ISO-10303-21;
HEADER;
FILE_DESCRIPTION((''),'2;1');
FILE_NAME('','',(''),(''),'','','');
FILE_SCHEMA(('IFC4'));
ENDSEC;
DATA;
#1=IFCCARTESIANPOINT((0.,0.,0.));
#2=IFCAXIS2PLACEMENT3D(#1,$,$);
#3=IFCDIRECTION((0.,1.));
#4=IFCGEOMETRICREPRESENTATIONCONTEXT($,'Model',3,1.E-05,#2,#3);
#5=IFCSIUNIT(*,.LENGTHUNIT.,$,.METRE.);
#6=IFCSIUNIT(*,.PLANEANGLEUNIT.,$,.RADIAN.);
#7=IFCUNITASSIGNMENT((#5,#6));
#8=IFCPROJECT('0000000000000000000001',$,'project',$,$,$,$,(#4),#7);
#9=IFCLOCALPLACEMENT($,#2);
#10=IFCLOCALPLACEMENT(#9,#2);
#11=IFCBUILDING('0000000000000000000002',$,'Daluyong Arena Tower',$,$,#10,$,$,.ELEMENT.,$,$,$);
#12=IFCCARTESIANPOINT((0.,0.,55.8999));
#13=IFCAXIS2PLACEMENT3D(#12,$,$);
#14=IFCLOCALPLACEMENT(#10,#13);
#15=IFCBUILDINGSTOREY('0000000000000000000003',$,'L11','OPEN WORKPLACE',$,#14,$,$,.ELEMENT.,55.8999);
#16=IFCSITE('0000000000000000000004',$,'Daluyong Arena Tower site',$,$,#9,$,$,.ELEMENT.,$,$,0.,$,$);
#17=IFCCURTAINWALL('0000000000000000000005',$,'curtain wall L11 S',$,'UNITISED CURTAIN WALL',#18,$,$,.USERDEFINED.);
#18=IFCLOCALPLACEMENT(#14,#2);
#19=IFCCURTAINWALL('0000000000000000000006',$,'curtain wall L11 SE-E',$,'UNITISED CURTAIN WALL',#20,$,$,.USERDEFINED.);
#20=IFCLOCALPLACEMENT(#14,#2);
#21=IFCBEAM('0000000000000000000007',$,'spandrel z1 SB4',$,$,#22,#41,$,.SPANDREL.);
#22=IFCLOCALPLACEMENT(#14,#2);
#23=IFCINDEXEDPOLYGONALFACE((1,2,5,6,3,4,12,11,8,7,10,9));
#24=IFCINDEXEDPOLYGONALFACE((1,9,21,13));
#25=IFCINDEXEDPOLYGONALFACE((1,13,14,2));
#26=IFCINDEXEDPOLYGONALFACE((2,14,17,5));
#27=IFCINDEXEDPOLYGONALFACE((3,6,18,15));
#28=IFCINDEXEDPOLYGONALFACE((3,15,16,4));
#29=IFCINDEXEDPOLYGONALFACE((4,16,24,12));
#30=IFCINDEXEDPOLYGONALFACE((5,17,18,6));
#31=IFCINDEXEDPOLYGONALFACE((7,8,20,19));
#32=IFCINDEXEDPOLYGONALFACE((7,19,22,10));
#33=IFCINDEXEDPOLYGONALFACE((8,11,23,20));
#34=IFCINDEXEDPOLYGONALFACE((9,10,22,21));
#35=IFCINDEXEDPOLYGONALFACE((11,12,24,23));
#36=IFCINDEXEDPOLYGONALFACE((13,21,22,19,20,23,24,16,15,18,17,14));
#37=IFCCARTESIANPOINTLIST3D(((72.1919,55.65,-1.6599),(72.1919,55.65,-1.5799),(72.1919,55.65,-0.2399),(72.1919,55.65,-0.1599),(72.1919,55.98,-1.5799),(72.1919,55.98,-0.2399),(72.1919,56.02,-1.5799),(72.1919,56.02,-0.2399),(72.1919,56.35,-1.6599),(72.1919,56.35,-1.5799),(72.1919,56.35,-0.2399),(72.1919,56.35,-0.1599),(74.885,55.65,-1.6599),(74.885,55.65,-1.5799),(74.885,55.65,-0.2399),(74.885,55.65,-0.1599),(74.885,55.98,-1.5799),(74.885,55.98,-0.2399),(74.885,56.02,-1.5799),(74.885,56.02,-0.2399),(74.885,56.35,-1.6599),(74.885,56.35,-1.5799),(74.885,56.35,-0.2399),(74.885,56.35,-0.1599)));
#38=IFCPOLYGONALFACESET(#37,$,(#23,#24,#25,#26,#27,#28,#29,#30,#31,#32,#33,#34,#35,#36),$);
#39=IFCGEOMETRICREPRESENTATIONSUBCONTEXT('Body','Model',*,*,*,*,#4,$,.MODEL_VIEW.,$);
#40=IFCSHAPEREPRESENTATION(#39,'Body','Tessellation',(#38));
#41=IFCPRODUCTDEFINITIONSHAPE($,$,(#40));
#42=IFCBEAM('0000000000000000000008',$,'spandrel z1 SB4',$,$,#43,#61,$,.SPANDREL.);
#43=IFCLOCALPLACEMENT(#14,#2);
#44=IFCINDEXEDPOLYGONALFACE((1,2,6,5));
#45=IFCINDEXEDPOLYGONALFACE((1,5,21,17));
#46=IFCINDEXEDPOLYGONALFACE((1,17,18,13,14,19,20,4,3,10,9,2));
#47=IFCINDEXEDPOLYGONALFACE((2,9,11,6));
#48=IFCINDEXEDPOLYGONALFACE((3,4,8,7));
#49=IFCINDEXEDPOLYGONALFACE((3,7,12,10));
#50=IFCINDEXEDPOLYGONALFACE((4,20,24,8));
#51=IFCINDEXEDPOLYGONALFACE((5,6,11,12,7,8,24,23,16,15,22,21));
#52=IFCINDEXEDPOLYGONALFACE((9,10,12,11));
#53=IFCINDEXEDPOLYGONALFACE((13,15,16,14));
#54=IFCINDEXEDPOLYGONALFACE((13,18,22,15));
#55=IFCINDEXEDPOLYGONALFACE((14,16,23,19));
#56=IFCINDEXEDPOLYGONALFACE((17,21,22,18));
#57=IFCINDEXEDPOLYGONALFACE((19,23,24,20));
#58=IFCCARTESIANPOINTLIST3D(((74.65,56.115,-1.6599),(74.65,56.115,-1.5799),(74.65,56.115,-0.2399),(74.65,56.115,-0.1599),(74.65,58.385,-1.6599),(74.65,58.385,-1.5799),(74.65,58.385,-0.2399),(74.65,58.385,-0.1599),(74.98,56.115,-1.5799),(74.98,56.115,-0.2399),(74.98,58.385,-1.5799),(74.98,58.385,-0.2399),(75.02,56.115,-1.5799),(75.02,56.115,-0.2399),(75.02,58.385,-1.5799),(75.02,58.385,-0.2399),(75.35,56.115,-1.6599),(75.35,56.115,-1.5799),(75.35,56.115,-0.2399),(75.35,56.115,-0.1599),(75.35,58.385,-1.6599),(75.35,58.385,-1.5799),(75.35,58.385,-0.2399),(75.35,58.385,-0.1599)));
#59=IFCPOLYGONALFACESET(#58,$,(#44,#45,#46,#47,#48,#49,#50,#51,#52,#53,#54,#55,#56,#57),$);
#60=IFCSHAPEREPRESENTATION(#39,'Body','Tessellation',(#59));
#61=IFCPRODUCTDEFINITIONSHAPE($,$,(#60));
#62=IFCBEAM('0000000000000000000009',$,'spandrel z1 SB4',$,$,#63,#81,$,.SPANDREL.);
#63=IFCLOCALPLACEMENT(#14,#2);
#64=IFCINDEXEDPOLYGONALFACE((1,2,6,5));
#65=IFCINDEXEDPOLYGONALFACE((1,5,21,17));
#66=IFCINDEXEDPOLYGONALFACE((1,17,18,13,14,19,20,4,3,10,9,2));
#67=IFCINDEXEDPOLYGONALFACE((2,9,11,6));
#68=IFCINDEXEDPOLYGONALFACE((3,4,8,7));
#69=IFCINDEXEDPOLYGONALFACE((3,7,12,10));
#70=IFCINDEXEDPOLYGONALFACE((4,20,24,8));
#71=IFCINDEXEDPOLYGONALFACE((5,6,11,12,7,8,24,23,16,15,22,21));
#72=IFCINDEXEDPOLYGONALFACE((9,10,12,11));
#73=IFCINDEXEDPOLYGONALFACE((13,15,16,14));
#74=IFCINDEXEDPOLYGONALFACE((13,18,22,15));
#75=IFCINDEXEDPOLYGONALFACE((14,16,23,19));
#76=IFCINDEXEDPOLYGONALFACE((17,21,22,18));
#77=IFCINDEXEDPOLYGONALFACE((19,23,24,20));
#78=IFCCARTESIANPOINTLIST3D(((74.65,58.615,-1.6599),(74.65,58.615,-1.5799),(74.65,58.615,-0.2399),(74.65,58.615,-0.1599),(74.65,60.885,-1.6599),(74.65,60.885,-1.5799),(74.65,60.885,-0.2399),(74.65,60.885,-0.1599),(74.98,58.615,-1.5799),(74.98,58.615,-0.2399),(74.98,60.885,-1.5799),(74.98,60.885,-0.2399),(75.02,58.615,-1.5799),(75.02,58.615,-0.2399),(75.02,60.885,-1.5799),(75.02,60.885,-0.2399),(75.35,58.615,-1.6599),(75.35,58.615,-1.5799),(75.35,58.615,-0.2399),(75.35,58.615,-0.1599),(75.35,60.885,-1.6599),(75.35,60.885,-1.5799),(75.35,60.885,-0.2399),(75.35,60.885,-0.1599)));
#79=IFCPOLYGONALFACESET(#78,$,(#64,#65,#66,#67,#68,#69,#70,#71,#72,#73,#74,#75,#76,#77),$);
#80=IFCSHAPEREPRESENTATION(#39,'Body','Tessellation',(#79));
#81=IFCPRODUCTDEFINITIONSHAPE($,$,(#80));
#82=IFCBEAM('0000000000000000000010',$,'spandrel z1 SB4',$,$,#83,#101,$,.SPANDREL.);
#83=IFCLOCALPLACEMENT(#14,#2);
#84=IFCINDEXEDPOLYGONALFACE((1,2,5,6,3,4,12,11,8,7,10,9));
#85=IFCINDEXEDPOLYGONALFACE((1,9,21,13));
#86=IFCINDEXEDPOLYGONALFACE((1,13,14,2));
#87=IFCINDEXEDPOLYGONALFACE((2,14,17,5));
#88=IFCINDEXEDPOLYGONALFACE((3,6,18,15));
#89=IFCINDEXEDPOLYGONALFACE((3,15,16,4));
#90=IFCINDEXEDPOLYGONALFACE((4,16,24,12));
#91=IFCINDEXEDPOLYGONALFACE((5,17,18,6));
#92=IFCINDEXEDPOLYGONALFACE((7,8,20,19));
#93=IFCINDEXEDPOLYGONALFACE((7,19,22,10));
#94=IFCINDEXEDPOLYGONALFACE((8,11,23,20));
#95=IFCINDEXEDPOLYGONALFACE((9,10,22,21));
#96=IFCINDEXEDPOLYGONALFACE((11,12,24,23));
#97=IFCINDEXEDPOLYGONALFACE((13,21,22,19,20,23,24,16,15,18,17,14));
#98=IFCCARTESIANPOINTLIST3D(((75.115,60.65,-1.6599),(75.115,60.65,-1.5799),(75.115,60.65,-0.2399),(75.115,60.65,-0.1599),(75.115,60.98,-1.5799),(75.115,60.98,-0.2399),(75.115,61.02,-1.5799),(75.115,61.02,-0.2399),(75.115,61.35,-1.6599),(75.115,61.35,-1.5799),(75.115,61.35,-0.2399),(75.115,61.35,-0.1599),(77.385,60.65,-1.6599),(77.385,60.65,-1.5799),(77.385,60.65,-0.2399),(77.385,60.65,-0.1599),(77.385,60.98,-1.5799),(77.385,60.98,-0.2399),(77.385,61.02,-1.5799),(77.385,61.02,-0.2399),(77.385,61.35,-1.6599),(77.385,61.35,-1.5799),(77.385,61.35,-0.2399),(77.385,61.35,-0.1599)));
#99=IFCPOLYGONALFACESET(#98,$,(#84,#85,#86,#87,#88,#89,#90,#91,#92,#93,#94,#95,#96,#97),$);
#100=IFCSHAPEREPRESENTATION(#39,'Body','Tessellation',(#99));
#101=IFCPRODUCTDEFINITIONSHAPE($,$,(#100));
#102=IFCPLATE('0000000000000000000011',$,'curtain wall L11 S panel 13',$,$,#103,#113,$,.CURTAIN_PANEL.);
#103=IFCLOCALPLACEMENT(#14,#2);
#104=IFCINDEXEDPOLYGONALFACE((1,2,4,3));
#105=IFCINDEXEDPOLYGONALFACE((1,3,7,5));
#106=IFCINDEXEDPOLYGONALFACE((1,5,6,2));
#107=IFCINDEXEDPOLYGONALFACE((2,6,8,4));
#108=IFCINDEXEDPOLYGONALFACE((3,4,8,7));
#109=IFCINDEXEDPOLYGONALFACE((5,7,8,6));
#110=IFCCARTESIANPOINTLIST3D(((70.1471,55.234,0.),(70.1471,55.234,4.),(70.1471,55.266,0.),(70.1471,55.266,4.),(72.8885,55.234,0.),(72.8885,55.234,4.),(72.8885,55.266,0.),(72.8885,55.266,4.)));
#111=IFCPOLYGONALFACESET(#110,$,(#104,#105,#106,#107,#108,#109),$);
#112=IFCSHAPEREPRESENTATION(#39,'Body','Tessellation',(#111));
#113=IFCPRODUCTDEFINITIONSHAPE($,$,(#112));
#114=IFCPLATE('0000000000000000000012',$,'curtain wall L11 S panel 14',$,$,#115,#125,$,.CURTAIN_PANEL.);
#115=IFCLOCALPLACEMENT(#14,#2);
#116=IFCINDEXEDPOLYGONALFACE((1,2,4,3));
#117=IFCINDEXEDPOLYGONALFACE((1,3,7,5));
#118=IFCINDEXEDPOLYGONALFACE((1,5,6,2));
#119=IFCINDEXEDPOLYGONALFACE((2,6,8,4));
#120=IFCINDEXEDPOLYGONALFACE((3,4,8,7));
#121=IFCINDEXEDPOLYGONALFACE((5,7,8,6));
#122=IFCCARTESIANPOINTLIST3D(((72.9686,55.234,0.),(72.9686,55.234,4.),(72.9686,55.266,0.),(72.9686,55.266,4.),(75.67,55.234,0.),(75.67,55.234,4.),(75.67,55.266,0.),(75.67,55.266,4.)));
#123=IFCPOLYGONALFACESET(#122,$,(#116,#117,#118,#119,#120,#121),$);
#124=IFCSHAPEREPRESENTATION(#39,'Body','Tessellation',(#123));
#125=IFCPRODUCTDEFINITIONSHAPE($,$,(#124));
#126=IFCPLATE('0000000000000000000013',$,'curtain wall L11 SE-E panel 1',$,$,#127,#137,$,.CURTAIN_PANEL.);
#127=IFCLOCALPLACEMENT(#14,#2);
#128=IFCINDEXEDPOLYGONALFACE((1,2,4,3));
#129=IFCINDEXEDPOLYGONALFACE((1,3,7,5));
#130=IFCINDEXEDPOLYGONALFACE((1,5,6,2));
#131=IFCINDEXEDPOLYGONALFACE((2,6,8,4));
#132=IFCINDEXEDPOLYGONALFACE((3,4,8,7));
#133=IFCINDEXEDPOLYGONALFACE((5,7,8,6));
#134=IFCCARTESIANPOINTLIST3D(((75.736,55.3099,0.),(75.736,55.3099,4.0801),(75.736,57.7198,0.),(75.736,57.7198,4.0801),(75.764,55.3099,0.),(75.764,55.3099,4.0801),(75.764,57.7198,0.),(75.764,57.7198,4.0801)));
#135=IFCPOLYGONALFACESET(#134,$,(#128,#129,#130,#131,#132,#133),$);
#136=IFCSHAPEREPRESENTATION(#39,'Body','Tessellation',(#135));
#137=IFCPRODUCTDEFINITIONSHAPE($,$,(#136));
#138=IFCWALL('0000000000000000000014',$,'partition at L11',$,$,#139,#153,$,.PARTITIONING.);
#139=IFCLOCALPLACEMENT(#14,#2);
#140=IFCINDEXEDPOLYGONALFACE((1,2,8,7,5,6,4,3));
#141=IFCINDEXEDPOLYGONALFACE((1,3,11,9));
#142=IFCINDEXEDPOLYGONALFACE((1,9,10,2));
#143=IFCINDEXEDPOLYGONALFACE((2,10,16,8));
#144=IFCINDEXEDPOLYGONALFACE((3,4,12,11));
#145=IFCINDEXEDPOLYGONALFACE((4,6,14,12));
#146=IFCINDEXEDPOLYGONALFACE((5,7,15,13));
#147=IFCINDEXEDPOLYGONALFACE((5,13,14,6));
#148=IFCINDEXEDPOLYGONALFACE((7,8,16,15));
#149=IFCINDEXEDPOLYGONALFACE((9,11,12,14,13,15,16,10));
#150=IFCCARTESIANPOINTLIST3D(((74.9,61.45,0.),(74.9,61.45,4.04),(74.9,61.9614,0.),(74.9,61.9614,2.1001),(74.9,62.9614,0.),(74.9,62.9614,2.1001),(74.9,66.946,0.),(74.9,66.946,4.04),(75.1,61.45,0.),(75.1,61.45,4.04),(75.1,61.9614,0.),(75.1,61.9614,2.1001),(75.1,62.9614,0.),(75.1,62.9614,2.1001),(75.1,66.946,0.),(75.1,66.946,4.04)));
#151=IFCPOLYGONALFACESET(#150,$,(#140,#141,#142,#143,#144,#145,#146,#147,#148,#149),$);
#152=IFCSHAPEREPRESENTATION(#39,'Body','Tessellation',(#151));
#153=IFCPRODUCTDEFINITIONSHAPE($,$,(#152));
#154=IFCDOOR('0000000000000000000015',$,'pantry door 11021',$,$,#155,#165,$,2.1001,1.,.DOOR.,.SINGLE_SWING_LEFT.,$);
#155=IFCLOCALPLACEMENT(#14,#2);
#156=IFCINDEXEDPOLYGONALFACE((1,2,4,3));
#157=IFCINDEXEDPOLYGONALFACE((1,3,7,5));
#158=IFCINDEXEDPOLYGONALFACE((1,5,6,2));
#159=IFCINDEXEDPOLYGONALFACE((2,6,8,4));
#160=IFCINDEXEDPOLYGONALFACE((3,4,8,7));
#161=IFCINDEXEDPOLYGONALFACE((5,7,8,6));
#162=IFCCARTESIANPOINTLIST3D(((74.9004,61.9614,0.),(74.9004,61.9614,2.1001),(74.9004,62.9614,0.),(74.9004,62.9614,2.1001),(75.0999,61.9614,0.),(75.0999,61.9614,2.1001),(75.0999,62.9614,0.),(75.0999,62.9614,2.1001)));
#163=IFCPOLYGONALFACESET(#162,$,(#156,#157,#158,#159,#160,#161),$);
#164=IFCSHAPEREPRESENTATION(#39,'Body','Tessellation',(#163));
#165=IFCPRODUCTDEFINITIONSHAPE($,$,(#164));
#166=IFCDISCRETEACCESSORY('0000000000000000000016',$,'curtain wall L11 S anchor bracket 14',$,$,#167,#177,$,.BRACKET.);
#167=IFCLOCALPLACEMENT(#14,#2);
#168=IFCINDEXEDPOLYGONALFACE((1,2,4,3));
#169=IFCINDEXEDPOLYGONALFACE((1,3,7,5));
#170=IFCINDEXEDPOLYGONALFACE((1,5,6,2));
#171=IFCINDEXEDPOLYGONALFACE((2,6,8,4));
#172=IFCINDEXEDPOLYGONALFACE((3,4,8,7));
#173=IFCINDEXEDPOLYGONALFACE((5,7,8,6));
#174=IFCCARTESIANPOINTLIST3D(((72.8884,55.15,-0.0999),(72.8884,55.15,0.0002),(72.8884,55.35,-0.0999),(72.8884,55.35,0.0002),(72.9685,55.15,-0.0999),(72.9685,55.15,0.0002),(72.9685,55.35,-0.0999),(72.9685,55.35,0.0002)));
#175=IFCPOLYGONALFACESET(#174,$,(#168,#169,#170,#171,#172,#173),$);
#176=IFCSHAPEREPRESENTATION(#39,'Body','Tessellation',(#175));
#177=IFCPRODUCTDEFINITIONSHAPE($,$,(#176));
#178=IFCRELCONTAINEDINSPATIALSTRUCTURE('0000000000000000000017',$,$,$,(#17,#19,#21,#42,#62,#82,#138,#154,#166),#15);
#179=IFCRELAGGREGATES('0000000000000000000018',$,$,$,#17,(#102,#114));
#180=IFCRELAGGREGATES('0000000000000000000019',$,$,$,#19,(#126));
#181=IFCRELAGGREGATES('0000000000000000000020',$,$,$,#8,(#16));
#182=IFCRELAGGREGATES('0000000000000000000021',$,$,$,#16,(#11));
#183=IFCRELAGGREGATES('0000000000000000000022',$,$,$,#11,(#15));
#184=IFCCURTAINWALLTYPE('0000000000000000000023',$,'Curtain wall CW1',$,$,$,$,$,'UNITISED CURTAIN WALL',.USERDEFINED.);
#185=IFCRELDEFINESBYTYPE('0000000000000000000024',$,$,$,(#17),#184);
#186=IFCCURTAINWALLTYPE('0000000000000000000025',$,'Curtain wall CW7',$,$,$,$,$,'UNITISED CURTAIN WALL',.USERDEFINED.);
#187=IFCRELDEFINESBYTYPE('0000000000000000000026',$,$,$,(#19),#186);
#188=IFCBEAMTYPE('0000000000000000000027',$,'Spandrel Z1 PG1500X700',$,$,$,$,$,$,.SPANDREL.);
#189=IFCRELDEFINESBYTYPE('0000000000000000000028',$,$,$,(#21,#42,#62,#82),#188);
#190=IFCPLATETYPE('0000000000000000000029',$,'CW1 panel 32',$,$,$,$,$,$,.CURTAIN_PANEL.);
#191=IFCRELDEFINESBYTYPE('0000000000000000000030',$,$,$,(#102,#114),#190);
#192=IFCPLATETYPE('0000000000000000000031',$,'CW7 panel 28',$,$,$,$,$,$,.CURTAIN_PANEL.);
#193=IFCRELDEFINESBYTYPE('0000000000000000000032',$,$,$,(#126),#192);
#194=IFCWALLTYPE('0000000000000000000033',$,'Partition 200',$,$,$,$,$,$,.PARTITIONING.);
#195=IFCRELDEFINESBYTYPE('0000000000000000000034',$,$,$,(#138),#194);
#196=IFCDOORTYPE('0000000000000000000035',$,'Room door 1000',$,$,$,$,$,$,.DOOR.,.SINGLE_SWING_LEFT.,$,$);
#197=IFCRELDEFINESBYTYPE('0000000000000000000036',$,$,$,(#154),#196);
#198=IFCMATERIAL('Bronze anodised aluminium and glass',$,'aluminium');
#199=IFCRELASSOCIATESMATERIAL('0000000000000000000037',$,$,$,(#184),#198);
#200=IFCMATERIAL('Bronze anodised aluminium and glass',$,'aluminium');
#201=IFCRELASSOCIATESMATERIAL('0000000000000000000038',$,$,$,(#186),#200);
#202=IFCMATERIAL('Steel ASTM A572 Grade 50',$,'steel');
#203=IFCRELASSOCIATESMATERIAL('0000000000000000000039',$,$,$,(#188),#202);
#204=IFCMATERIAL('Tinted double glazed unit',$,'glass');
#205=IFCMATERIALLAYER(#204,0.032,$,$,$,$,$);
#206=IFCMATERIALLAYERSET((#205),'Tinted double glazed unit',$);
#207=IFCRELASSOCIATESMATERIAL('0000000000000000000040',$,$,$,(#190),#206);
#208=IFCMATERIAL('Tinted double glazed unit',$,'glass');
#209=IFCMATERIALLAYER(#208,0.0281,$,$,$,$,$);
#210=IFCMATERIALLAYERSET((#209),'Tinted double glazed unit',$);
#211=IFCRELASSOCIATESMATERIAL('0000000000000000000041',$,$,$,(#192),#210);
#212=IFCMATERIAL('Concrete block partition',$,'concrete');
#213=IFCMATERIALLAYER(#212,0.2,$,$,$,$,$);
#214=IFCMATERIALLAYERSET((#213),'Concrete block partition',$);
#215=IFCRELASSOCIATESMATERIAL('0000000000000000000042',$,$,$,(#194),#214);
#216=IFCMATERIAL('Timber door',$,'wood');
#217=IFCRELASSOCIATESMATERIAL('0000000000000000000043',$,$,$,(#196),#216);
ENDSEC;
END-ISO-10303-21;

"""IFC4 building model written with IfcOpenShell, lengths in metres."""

from ifc_helpers import new_model, si_unit, direction, frame, frame_2d, origin, origin_2d, place, context, subcontext, project, spatial, rectangle, i_section, extrude, material, layer, layer_set, material_profile, profile_set, type_object, element, fill, aggregate, save


model = new_model("IFC4")

# Units and contexts
model_context = context("Model", 3, precision=1e-05, world=origin(), true_north=direction((0.0, 1.0)))
body_context = subcontext(model_context, "Body", "Model", "MODEL_VIEW")
ifc_project = project(units=[si_unit("LENGTHUNIT", "METRE"), si_unit("PLANEANGLEUNIT", "RADIAN")], contexts=[model_context])

# Site, building, storey
site_placement = place(None, origin())
site = spatial("IfcSite", under=ifc_project, at=site_placement, Name="Daluyong Arena Tower site", CompositionType="ELEMENT", RefElevation=0.0)
building_placement = place(site_placement, origin())
building = spatial("IfcBuilding", under=site, at=building_placement, Name="Daluyong Arena Tower", CompositionType="ELEMENT")
storey_placement = place(building_placement, frame((0.0, 0.0, 55.8999)))
storey = spatial("IfcBuildingStorey", under=building, at=storey_placement, Name="L11", Description="OPEN WORKPLACE", CompositionType="ELEMENT", Elevation=55.8999)

# Curtain wall
ifc_material_1 = material(Name="Bronze anodised aluminium and glass", Category="aluminium")
curtain_wall_type_1 = type_object("IfcCurtainWallType", Name="Curtain wall CW1", ElementType="UNITISED CURTAIN WALL", PredefinedType="USERDEFINED", material=ifc_material_1)
curtain_wall_1_placement = place(storey_placement, origin())
curtain_wall_1 = element("IfcCurtainWall", 1, at=curtain_wall_1_placement, inside=storey, type_object=curtain_wall_type_1, Name="curtain wall L11 S", ObjectType="UNITISED CURTAIN WALL", PredefinedType="USERDEFINED")

# Curtain wall
ifc_material_2 = material(Name="Bronze anodised aluminium and glass", Category="aluminium")
curtain_wall_type_2 = type_object("IfcCurtainWallType", Name="Curtain wall CW7", ElementType="UNITISED CURTAIN WALL", PredefinedType="USERDEFINED", material=ifc_material_2)
curtain_wall_2_placement = place(storey_placement, origin())
curtain_wall_2 = element("IfcCurtainWall", 2, at=curtain_wall_2_placement, inside=storey, type_object=curtain_wall_type_2, Name="curtain wall L11 SE-E", ObjectType="UNITISED CURTAIN WALL", PredefinedType="USERDEFINED")

# Beams
ifc_material_3 = material(Name="Steel ASTM A572 Grade 50", Category="steel")
ifc_material_profile_1 = material_profile(ifc_material_3, i_section(OverallWidth=0.7, OverallDepth=1.5, WebThickness=0.04, FlangeThickness=0.08, at=origin_2d()))
ifc_profile_set_1 = profile_set([ifc_material_profile_1], Name="Steel ASTM A572 Grade 50")
beam_type_1 = type_object("IfcBeamType", Name="Spandrel Z1 PG1500X700", PredefinedType="SPANDREL", material=ifc_profile_set_1)
beam_1_placement = place(storey_placement, frame((72.1919, 56.0, -0.9099), z_axis=(1.0, 0.0, 0.0), x_axis=(0.0, 1.0, 0.0)))
element("IfcBeam", 3, at=beam_1_placement, inside=storey, type_object=beam_type_1, Name="spandrel z1 SB4", PredefinedType="SPANDREL", context=body_context, shape_type="SweptSolid", body=[
    extrude(i_section(OverallWidth=0.7, OverallDepth=1.5, WebThickness=0.04, FlangeThickness=0.08, at=origin_2d()), origin(), (0.0, 0.0, 1.0), 2.6931),
])
for number, where, z_axis, x_axis, name in (
    (4, (75.0, 56.115, -0.9099), (0.0, 1.0, 0.0), (-1.0, 0.0, 0.0), "spandrel z1 SB4"),
    (5, (75.0, 58.615, -0.9099), (0.0, 1.0, 0.0), (-1.0, 0.0, 0.0), "spandrel z1 SB4"),
    (6, (75.115, 61.0, -0.9099), (1.0, 0.0, 0.0), (0.0, 1.0, 0.0), "spandrel z1 SB4"),
):
    element("IfcBeam", number, at=place(storey_placement, frame(where, z_axis=z_axis, x_axis=x_axis)), inside=storey, type_object=beam_type_1, Name=name, PredefinedType="SPANDREL", context=body_context, shape_type="SweptSolid", body=[
        extrude(i_section(OverallWidth=0.7, OverallDepth=1.5, WebThickness=0.04, FlangeThickness=0.08, at=origin_2d()), origin(), (0.0, 0.0, 1.0), 2.27),
    ])

# Plates
ifc_material_4 = material(Name="Tinted double glazed unit", Category="glass")
ifc_layer_1 = layer(ifc_material_4, 0.032)
ifc_layer_set_1 = layer_set([ifc_layer_1], Name="Tinted double glazed unit")
plate_type_1 = type_object("IfcPlateType", Name="CW1 panel 32", PredefinedType="CURTAIN_PANEL", material=ifc_layer_set_1)
plate_1_placement = place(storey_placement, frame((71.5178, 55.25, 0.0), z_axis=(0.0, 0.0, 1.0), x_axis=(1.0, 0.0, 0.0)))
plate_1 = element("IfcPlate", 7, at=plate_1_placement, type_object=plate_type_1, Name="curtain wall L11 S panel 13", PredefinedType="CURTAIN_PANEL", context=body_context, shape_type="SweptSolid", body=[
    extrude(rectangle(XDim=2.7415, YDim=0.032, at=origin_2d()), origin(), (0.0, 0.0, 1.0), 4.0),
])
plate_2_placement = place(storey_placement, frame((74.3193, 55.25, 0.0), z_axis=(0.0, 0.0, 1.0), x_axis=(1.0, 0.0, 0.0)))
plate_2 = element("IfcPlate", 8, at=plate_2_placement, type_object=plate_type_1, Name="curtain wall L11 S panel 14", PredefinedType="CURTAIN_PANEL", context=body_context, shape_type="SweptSolid", body=[
    extrude(rectangle(XDim=2.7014, YDim=0.032, at=origin_2d()), origin(), (0.0, 0.0, 1.0), 4.0),
])
aggregate(curtain_wall_1, [plate_1, plate_2])
ifc_material_5 = material(Name="Tinted double glazed unit", Category="glass")
ifc_layer_2 = layer(ifc_material_5, 0.0281)
ifc_layer_set_2 = layer_set([ifc_layer_2], Name="Tinted double glazed unit")
plate_type_2 = type_object("IfcPlateType", Name="CW7 panel 28", PredefinedType="CURTAIN_PANEL", material=ifc_layer_set_2)
plate_3_placement = place(storey_placement, frame((75.75, 56.5149, 0.0), z_axis=(0.0, 0.0, 1.0), x_axis=(0.0, 1.0, 0.0)))
plate_3 = element("IfcPlate", 9, at=plate_3_placement, type_object=plate_type_2, Name="curtain wall L11 SE-E panel 1", PredefinedType="CURTAIN_PANEL", context=body_context, shape_type="SweptSolid", body=[
    extrude(rectangle(XDim=2.4099, YDim=0.0281, at=origin_2d()), origin(), (0.0, 0.0, 1.0), 4.0801),
])
aggregate(curtain_wall_2, [plate_3])

# Wall, opening, door
ifc_material_6 = material(Name="Concrete block partition", Category="concrete")
ifc_layer_3 = layer(ifc_material_6, 0.2)
ifc_layer_set_3 = layer_set([ifc_layer_3], Name="Concrete block partition")
wall_type = type_object("IfcWallType", Name="Partition 200", PredefinedType="PARTITIONING", material=ifc_layer_set_3)
wall_placement = place(storey_placement, frame((75.0, 61.45, 0.0), z_axis=(0.0, 0.0, 1.0), x_axis=(0.0, 1.0, 0.0)))
wall = element("IfcWall", 10, at=wall_placement, inside=storey, type_object=wall_type, Name="partition at L11", PredefinedType="PARTITIONING", context=body_context, shape_type="SweptSolid", body=[
    extrude(rectangle(XDim=5.4961, YDim=0.2, at=frame_2d((2.748, 0.0))), origin(), (0.0, 0.0, 1.0), 4.04),
])
opening_placement = place(wall_placement, frame((0.5115, 0.0, 0.0)))
opening = element("IfcOpeningElement", 11, at=opening_placement, cuts=wall, PredefinedType="OPENING", context=body_context, shape_type="SweptSolid", body=[
    extrude(rectangle(XDim=1.0, YDim=2.1001, at=frame_2d((0.5, 1.05))), frame((0.0, 0.1099, 0.0), z_axis=(0.0, -1.0, 0.0), x_axis=(1.0, 0.0, 0.0)), (0.0, 0.0, 1.0), 0.22),
])
ifc_material_7 = material(Name="Timber door", Category="wood")
door_type = type_object("IfcDoorType", Name="Room door 1000", OperationType="SINGLE_SWING_LEFT", PredefinedType="DOOR", material=ifc_material_7)
door_placement = place(opening_placement, origin())
door = element("IfcDoor", 12, at=door_placement, inside=storey, type_object=door_type, Name="pantry door 11021", OperationType="SINGLE_SWING_LEFT", OverallHeight=2.1001, OverallWidth=1.0, PredefinedType="DOOR", context=body_context, shape_type="SweptSolid", body=[
    extrude(rectangle(XDim=1.0, YDim=2.1001, at=frame_2d((0.5, 1.05))), frame((0.0, 0.0996, 0.0), z_axis=(0.0, -1.0, 0.0), x_axis=(1.0, 0.0, 0.0)), (0.0, 0.0, 1.0), 0.1995),
])
fill(opening, door)

# Discrete accessory
discrete_accessory_placement = place(storey_placement, frame((72.9285, 55.25, -0.0999), z_axis=(0.0, 0.0, 1.0), x_axis=(1.0, 0.0, 0.0)))
element("IfcDiscreteAccessory", 13, at=discrete_accessory_placement, inside=storey, Name="curtain wall L11 S anchor bracket 14", PredefinedType="BRACKET", context=body_context, shape_type="SweptSolid", body=[
    extrude(rectangle(XDim=0.0801, YDim=0.2, at=origin_2d()), origin(), (0.0, 0.0, 1.0), 0.1001),
])

save(model, "model.ifc")
